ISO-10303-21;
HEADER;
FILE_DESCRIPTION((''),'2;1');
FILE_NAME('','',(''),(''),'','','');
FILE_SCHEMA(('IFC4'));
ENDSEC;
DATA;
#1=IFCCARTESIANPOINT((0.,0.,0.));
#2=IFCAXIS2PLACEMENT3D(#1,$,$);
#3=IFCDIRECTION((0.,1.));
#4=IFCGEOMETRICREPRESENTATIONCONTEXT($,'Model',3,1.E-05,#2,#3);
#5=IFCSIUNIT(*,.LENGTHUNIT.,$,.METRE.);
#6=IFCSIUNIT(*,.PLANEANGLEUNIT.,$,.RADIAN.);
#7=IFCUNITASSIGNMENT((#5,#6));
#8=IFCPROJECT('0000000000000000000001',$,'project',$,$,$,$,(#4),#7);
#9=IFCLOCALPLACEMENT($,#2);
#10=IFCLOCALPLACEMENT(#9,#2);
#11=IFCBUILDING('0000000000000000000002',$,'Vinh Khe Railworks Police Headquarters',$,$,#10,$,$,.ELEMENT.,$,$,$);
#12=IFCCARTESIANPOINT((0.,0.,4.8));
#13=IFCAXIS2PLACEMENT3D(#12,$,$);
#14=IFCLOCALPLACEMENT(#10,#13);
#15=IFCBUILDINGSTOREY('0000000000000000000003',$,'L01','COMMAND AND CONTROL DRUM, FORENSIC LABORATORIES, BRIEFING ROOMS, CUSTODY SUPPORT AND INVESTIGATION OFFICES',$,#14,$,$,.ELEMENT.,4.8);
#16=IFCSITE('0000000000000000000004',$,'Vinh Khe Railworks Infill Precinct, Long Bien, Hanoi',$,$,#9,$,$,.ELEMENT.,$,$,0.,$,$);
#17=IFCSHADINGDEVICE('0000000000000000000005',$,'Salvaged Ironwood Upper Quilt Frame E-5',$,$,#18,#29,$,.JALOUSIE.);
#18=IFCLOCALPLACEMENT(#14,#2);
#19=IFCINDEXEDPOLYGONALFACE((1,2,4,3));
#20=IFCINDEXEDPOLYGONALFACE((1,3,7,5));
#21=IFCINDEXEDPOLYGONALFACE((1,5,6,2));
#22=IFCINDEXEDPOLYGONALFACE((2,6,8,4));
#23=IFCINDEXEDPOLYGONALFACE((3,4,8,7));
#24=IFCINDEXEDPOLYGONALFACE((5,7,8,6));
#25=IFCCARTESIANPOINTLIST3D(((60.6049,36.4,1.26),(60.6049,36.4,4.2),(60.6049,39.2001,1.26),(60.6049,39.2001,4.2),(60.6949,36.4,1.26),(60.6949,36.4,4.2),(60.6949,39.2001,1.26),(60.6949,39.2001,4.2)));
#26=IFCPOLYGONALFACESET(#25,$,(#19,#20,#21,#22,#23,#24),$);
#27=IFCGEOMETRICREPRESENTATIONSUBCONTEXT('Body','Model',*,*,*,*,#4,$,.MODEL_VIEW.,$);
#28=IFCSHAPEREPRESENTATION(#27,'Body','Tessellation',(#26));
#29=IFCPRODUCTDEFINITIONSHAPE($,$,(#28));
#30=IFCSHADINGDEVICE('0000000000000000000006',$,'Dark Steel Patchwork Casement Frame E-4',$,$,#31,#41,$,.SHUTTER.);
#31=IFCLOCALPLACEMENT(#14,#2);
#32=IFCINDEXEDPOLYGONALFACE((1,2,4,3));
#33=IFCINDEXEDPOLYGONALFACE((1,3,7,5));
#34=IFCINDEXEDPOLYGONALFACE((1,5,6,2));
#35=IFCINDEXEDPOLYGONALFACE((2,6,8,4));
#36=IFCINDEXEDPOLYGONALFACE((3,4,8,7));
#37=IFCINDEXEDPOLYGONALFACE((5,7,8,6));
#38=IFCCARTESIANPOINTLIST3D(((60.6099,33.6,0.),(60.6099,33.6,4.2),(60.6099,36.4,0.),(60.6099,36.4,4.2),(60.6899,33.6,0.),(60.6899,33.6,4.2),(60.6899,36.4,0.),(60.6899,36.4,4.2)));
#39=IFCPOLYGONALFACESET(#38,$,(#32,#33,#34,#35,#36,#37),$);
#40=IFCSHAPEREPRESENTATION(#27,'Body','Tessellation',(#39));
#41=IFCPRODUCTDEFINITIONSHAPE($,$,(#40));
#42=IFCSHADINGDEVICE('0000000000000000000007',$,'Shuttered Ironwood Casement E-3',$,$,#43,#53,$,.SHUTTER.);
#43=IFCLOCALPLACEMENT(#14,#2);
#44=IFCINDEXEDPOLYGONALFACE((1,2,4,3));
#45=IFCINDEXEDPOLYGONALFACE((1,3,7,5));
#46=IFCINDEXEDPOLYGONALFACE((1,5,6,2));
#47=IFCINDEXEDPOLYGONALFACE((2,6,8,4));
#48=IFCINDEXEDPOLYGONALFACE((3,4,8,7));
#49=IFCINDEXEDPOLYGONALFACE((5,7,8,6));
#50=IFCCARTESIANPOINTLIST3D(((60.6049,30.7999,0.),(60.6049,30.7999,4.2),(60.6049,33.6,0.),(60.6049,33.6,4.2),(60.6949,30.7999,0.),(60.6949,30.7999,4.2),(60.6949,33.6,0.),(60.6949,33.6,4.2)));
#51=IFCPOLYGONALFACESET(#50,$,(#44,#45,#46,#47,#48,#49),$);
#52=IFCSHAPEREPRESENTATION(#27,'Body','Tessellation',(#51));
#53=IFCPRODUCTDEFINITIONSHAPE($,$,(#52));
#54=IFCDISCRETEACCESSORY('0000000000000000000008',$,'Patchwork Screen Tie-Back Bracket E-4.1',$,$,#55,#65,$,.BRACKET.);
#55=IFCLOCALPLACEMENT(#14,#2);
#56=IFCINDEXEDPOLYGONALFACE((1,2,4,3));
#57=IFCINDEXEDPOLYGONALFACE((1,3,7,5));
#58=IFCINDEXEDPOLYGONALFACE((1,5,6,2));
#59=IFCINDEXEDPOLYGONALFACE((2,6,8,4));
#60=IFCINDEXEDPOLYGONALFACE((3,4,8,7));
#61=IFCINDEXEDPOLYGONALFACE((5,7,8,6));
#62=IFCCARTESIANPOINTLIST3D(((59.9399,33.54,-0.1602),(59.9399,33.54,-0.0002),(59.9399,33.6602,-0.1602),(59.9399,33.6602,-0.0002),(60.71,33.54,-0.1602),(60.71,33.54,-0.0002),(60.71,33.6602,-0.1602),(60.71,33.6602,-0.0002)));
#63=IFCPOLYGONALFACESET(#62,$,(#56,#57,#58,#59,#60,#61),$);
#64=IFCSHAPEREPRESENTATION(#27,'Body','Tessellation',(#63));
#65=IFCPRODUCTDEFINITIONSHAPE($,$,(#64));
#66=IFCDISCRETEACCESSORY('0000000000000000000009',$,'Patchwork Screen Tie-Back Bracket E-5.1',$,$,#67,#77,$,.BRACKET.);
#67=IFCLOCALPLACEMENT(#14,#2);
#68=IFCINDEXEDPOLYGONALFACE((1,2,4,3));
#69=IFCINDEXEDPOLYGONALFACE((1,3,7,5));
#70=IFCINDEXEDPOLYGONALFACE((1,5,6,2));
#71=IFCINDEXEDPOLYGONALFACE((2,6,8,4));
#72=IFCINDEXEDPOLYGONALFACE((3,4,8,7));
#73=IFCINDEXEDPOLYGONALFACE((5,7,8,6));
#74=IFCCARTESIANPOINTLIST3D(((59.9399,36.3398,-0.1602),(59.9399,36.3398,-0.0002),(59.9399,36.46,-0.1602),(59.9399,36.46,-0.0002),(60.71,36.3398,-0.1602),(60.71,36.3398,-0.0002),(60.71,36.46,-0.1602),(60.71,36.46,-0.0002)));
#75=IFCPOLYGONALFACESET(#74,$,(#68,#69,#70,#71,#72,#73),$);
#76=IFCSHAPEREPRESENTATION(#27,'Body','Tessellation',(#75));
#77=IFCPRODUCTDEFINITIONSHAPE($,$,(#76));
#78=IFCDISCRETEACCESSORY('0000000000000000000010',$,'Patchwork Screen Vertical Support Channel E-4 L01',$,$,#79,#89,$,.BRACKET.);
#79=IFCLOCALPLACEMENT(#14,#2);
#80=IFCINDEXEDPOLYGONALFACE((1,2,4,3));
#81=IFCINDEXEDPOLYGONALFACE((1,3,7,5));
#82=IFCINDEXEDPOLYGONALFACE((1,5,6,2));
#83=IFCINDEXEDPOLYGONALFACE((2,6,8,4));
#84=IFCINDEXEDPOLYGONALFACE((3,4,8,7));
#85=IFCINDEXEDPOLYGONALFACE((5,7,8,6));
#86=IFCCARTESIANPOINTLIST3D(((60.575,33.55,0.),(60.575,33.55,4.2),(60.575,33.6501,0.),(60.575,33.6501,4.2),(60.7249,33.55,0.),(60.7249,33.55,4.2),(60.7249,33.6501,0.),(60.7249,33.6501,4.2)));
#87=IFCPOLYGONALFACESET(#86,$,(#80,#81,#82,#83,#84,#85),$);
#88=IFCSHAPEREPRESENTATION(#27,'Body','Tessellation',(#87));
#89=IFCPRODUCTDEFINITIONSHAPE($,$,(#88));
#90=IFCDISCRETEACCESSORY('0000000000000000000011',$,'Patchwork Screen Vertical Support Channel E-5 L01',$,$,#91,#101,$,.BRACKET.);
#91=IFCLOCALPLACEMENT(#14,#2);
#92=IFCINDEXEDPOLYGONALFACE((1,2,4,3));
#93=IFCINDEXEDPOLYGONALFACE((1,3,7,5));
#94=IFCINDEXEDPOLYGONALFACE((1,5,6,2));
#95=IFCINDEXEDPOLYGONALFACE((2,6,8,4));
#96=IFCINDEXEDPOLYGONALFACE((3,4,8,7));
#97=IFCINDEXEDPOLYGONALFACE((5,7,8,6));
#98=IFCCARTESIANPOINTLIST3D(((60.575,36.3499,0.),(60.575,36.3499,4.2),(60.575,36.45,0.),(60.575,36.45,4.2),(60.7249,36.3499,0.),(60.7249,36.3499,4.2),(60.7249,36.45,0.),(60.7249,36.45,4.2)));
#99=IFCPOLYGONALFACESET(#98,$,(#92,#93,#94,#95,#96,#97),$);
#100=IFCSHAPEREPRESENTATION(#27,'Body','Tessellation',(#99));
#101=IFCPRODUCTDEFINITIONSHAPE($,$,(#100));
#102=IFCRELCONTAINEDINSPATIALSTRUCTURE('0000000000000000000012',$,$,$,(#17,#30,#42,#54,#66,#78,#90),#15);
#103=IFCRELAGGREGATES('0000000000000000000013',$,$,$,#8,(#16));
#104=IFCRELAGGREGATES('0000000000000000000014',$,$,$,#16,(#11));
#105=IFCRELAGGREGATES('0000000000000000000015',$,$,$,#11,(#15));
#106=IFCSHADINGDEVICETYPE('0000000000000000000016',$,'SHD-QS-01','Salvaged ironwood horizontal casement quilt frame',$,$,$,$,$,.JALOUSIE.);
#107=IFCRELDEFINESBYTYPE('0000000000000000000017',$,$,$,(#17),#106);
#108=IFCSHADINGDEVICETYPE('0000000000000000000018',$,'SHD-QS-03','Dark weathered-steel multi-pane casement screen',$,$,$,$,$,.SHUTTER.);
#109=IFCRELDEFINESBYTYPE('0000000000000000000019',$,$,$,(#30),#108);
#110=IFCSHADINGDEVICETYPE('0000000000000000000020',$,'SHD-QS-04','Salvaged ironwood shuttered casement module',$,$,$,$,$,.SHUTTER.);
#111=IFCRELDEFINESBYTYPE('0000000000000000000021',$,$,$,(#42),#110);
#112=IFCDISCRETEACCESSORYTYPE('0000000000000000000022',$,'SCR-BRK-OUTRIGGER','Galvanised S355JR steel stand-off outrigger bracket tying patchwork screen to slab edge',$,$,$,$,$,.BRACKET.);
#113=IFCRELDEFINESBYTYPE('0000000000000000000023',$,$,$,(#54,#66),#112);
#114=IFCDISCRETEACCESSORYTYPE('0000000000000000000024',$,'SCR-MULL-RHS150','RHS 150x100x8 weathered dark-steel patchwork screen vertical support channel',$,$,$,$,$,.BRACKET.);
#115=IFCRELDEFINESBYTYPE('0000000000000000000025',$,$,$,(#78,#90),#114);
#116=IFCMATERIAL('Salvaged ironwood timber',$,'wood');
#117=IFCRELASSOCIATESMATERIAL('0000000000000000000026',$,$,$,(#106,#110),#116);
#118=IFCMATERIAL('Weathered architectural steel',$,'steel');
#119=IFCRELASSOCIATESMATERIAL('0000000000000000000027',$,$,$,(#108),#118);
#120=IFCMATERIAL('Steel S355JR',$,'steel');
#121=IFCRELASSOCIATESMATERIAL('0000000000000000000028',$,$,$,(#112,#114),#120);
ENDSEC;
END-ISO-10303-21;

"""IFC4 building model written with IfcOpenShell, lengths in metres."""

from ifc_helpers import new_model, si_unit, direction, frame, origin, origin_2d, place, context, subcontext, project, spatial, rectangle, extrude, material, type_object, element, save


model = new_model("IFC4")

# Units and contexts
model_context = context("Model", 3, precision=1e-05, world=origin(), true_north=direction((0.0, 1.0)))
body_context = subcontext(model_context, "Body", "Model", "MODEL_VIEW")
ifc_project = project(units=[si_unit("LENGTHUNIT", "METRE"), si_unit("PLANEANGLEUNIT", "RADIAN")], contexts=[model_context])

# Site, building, storey
site_placement = place(None, origin())
site = spatial("IfcSite", under=ifc_project, at=site_placement, Name="Vinh Khe Railworks Infill Precinct, Long Bien, Hanoi", CompositionType="ELEMENT", RefElevation=0.0)
building_placement = place(site_placement, origin())
building = spatial("IfcBuilding", under=site, at=building_placement, Name="Vinh Khe Railworks Police Headquarters", CompositionType="ELEMENT")
storey_placement = place(building_placement, frame((0.0, 0.0, 4.8)))
storey = spatial("IfcBuildingStorey", under=building, at=storey_placement, Name="L01", Description="COMMAND AND CONTROL DRUM, FORENSIC LABORATORIES, BRIEFING ROOMS, CUSTODY SUPPORT AND INVESTIGATION OFFICES", CompositionType="ELEMENT", Elevation=4.8)

# Shared definitions
ifc_material_1 = material(Name="Steel S355JR", Category="steel")

# Shared definitions
ifc_material_2 = material(Name="Salvaged ironwood timber", Category="wood")

# Shading devices
shading_device_type_1 = type_object("IfcShadingDeviceType", Name="SHD-QS-01", Description="Salvaged ironwood horizontal casement quilt frame", PredefinedType="JALOUSIE", material=ifc_material_2)
shading_device_1_placement = place(storey_placement, frame((60.6499, 37.8, 1.26), z_axis=(0.0, 0.0, 1.0), x_axis=(0.0, 1.0, 0.0)))
element("IfcShadingDevice", 1, at=shading_device_1_placement, inside=storey, type_object=shading_device_type_1, Name="Salvaged Ironwood Upper Quilt Frame E-5", PredefinedType="JALOUSIE", context=body_context, shape_type="SweptSolid", body=[
    extrude(rectangle(XDim=2.8, YDim=0.0901, at=origin_2d()), origin(), (0.0, 0.0, 1.0), 2.9399),
])
ifc_material_3 = material(Name="Weathered architectural steel", Category="steel")
shading_device_type_2 = type_object("IfcShadingDeviceType", Name="SHD-QS-03", Description="Dark weathered-steel multi-pane casement screen", PredefinedType="SHUTTER", material=ifc_material_3)
shading_device_2_placement = place(storey_placement, frame((60.6499, 35.0, 0.0), z_axis=(0.0, 0.0, 1.0), x_axis=(0.0, 1.0, 0.0)))
element("IfcShadingDevice", 2, at=shading_device_2_placement, inside=storey, type_object=shading_device_type_2, Name="Dark Steel Patchwork Casement Frame E-4", PredefinedType="SHUTTER", context=body_context, shape_type="SweptSolid", body=[
    extrude(rectangle(XDim=2.8, YDim=0.0801, at=origin_2d()), origin(), (0.0, 0.0, 1.0), 4.2),
])
shading_device_type_3 = type_object("IfcShadingDeviceType", Name="SHD-QS-04", Description="Salvaged ironwood shuttered casement module", PredefinedType="SHUTTER", material=ifc_material_2)
shading_device_3_placement = place(storey_placement, frame((60.6499, 32.2, 0.0), z_axis=(0.0, 0.0, 1.0), x_axis=(0.0, 1.0, 0.0)))
element("IfcShadingDevice", 3, at=shading_device_3_placement, inside=storey, type_object=shading_device_type_3, Name="Shuttered Ironwood Casement E-3", PredefinedType="SHUTTER", context=body_context, shape_type="SweptSolid", body=[
    extrude(rectangle(XDim=2.8, YDim=0.0901, at=origin_2d()), origin(), (0.0, 0.0, 1.0), 4.2),
])

# Discrete accessories
discrete_accessory_type_1 = type_object("IfcDiscreteAccessoryType", Name="SCR-BRK-OUTRIGGER", Description="Galvanised S355JR steel stand-off outrigger bracket tying patchwork screen to slab edge", PredefinedType="BRACKET", material=ifc_material_1)
for number, where, z_axis, x_axis, name in (
    (4, (60.325, 33.6001, -0.1602), (0.0, 0.0, 1.0), (1.0, 0.0, 0.0), "Patchwork Screen Tie-Back Bracket E-4.1"),
    (5, (60.325, 36.3999, -0.1602), (0.0, 0.0, 1.0), (1.0, 0.0, 0.0), "Patchwork Screen Tie-Back Bracket E-5.1"),
):
    element("IfcDiscreteAccessory", number, at=place(storey_placement, frame(where, z_axis=z_axis, x_axis=x_axis)), inside=storey, type_object=discrete_accessory_type_1, Name=name, PredefinedType="BRACKET", context=body_context, shape_type="SweptSolid", body=[
        extrude(rectangle(XDim=0.77, YDim=0.1201, at=origin_2d()), origin(), (0.0, 0.0, 1.0), 0.1599),
    ])
discrete_accessory_type_2 = type_object("IfcDiscreteAccessoryType", Name="SCR-MULL-RHS150", Description="RHS 150x100x8 weathered dark-steel patchwork screen vertical support channel", PredefinedType="BRACKET", material=ifc_material_1)
for number, where, z_axis, x_axis, name in (
    (6, (60.6499, 33.6001, 0.0), (0.0, 0.0, 1.0), (1.0, 0.0, 0.0), "Patchwork Screen Vertical Support Channel E-4 L01"),
    (7, (60.6499, 36.3999, 0.0), (0.0, 0.0, 1.0), (1.0, 0.0, 0.0), "Patchwork Screen Vertical Support Channel E-5 L01"),
):
    element("IfcDiscreteAccessory", number, at=place(storey_placement, frame(where, z_axis=z_axis, x_axis=x_axis)), inside=storey, type_object=discrete_accessory_type_2, Name=name, PredefinedType="BRACKET", context=body_context, shape_type="SweptSolid", body=[
        extrude(rectangle(XDim=0.1499, YDim=0.1001, at=origin_2d()), origin(), (0.0, 0.0, 1.0), 4.2),
    ])

save(model, "model.ifc")
